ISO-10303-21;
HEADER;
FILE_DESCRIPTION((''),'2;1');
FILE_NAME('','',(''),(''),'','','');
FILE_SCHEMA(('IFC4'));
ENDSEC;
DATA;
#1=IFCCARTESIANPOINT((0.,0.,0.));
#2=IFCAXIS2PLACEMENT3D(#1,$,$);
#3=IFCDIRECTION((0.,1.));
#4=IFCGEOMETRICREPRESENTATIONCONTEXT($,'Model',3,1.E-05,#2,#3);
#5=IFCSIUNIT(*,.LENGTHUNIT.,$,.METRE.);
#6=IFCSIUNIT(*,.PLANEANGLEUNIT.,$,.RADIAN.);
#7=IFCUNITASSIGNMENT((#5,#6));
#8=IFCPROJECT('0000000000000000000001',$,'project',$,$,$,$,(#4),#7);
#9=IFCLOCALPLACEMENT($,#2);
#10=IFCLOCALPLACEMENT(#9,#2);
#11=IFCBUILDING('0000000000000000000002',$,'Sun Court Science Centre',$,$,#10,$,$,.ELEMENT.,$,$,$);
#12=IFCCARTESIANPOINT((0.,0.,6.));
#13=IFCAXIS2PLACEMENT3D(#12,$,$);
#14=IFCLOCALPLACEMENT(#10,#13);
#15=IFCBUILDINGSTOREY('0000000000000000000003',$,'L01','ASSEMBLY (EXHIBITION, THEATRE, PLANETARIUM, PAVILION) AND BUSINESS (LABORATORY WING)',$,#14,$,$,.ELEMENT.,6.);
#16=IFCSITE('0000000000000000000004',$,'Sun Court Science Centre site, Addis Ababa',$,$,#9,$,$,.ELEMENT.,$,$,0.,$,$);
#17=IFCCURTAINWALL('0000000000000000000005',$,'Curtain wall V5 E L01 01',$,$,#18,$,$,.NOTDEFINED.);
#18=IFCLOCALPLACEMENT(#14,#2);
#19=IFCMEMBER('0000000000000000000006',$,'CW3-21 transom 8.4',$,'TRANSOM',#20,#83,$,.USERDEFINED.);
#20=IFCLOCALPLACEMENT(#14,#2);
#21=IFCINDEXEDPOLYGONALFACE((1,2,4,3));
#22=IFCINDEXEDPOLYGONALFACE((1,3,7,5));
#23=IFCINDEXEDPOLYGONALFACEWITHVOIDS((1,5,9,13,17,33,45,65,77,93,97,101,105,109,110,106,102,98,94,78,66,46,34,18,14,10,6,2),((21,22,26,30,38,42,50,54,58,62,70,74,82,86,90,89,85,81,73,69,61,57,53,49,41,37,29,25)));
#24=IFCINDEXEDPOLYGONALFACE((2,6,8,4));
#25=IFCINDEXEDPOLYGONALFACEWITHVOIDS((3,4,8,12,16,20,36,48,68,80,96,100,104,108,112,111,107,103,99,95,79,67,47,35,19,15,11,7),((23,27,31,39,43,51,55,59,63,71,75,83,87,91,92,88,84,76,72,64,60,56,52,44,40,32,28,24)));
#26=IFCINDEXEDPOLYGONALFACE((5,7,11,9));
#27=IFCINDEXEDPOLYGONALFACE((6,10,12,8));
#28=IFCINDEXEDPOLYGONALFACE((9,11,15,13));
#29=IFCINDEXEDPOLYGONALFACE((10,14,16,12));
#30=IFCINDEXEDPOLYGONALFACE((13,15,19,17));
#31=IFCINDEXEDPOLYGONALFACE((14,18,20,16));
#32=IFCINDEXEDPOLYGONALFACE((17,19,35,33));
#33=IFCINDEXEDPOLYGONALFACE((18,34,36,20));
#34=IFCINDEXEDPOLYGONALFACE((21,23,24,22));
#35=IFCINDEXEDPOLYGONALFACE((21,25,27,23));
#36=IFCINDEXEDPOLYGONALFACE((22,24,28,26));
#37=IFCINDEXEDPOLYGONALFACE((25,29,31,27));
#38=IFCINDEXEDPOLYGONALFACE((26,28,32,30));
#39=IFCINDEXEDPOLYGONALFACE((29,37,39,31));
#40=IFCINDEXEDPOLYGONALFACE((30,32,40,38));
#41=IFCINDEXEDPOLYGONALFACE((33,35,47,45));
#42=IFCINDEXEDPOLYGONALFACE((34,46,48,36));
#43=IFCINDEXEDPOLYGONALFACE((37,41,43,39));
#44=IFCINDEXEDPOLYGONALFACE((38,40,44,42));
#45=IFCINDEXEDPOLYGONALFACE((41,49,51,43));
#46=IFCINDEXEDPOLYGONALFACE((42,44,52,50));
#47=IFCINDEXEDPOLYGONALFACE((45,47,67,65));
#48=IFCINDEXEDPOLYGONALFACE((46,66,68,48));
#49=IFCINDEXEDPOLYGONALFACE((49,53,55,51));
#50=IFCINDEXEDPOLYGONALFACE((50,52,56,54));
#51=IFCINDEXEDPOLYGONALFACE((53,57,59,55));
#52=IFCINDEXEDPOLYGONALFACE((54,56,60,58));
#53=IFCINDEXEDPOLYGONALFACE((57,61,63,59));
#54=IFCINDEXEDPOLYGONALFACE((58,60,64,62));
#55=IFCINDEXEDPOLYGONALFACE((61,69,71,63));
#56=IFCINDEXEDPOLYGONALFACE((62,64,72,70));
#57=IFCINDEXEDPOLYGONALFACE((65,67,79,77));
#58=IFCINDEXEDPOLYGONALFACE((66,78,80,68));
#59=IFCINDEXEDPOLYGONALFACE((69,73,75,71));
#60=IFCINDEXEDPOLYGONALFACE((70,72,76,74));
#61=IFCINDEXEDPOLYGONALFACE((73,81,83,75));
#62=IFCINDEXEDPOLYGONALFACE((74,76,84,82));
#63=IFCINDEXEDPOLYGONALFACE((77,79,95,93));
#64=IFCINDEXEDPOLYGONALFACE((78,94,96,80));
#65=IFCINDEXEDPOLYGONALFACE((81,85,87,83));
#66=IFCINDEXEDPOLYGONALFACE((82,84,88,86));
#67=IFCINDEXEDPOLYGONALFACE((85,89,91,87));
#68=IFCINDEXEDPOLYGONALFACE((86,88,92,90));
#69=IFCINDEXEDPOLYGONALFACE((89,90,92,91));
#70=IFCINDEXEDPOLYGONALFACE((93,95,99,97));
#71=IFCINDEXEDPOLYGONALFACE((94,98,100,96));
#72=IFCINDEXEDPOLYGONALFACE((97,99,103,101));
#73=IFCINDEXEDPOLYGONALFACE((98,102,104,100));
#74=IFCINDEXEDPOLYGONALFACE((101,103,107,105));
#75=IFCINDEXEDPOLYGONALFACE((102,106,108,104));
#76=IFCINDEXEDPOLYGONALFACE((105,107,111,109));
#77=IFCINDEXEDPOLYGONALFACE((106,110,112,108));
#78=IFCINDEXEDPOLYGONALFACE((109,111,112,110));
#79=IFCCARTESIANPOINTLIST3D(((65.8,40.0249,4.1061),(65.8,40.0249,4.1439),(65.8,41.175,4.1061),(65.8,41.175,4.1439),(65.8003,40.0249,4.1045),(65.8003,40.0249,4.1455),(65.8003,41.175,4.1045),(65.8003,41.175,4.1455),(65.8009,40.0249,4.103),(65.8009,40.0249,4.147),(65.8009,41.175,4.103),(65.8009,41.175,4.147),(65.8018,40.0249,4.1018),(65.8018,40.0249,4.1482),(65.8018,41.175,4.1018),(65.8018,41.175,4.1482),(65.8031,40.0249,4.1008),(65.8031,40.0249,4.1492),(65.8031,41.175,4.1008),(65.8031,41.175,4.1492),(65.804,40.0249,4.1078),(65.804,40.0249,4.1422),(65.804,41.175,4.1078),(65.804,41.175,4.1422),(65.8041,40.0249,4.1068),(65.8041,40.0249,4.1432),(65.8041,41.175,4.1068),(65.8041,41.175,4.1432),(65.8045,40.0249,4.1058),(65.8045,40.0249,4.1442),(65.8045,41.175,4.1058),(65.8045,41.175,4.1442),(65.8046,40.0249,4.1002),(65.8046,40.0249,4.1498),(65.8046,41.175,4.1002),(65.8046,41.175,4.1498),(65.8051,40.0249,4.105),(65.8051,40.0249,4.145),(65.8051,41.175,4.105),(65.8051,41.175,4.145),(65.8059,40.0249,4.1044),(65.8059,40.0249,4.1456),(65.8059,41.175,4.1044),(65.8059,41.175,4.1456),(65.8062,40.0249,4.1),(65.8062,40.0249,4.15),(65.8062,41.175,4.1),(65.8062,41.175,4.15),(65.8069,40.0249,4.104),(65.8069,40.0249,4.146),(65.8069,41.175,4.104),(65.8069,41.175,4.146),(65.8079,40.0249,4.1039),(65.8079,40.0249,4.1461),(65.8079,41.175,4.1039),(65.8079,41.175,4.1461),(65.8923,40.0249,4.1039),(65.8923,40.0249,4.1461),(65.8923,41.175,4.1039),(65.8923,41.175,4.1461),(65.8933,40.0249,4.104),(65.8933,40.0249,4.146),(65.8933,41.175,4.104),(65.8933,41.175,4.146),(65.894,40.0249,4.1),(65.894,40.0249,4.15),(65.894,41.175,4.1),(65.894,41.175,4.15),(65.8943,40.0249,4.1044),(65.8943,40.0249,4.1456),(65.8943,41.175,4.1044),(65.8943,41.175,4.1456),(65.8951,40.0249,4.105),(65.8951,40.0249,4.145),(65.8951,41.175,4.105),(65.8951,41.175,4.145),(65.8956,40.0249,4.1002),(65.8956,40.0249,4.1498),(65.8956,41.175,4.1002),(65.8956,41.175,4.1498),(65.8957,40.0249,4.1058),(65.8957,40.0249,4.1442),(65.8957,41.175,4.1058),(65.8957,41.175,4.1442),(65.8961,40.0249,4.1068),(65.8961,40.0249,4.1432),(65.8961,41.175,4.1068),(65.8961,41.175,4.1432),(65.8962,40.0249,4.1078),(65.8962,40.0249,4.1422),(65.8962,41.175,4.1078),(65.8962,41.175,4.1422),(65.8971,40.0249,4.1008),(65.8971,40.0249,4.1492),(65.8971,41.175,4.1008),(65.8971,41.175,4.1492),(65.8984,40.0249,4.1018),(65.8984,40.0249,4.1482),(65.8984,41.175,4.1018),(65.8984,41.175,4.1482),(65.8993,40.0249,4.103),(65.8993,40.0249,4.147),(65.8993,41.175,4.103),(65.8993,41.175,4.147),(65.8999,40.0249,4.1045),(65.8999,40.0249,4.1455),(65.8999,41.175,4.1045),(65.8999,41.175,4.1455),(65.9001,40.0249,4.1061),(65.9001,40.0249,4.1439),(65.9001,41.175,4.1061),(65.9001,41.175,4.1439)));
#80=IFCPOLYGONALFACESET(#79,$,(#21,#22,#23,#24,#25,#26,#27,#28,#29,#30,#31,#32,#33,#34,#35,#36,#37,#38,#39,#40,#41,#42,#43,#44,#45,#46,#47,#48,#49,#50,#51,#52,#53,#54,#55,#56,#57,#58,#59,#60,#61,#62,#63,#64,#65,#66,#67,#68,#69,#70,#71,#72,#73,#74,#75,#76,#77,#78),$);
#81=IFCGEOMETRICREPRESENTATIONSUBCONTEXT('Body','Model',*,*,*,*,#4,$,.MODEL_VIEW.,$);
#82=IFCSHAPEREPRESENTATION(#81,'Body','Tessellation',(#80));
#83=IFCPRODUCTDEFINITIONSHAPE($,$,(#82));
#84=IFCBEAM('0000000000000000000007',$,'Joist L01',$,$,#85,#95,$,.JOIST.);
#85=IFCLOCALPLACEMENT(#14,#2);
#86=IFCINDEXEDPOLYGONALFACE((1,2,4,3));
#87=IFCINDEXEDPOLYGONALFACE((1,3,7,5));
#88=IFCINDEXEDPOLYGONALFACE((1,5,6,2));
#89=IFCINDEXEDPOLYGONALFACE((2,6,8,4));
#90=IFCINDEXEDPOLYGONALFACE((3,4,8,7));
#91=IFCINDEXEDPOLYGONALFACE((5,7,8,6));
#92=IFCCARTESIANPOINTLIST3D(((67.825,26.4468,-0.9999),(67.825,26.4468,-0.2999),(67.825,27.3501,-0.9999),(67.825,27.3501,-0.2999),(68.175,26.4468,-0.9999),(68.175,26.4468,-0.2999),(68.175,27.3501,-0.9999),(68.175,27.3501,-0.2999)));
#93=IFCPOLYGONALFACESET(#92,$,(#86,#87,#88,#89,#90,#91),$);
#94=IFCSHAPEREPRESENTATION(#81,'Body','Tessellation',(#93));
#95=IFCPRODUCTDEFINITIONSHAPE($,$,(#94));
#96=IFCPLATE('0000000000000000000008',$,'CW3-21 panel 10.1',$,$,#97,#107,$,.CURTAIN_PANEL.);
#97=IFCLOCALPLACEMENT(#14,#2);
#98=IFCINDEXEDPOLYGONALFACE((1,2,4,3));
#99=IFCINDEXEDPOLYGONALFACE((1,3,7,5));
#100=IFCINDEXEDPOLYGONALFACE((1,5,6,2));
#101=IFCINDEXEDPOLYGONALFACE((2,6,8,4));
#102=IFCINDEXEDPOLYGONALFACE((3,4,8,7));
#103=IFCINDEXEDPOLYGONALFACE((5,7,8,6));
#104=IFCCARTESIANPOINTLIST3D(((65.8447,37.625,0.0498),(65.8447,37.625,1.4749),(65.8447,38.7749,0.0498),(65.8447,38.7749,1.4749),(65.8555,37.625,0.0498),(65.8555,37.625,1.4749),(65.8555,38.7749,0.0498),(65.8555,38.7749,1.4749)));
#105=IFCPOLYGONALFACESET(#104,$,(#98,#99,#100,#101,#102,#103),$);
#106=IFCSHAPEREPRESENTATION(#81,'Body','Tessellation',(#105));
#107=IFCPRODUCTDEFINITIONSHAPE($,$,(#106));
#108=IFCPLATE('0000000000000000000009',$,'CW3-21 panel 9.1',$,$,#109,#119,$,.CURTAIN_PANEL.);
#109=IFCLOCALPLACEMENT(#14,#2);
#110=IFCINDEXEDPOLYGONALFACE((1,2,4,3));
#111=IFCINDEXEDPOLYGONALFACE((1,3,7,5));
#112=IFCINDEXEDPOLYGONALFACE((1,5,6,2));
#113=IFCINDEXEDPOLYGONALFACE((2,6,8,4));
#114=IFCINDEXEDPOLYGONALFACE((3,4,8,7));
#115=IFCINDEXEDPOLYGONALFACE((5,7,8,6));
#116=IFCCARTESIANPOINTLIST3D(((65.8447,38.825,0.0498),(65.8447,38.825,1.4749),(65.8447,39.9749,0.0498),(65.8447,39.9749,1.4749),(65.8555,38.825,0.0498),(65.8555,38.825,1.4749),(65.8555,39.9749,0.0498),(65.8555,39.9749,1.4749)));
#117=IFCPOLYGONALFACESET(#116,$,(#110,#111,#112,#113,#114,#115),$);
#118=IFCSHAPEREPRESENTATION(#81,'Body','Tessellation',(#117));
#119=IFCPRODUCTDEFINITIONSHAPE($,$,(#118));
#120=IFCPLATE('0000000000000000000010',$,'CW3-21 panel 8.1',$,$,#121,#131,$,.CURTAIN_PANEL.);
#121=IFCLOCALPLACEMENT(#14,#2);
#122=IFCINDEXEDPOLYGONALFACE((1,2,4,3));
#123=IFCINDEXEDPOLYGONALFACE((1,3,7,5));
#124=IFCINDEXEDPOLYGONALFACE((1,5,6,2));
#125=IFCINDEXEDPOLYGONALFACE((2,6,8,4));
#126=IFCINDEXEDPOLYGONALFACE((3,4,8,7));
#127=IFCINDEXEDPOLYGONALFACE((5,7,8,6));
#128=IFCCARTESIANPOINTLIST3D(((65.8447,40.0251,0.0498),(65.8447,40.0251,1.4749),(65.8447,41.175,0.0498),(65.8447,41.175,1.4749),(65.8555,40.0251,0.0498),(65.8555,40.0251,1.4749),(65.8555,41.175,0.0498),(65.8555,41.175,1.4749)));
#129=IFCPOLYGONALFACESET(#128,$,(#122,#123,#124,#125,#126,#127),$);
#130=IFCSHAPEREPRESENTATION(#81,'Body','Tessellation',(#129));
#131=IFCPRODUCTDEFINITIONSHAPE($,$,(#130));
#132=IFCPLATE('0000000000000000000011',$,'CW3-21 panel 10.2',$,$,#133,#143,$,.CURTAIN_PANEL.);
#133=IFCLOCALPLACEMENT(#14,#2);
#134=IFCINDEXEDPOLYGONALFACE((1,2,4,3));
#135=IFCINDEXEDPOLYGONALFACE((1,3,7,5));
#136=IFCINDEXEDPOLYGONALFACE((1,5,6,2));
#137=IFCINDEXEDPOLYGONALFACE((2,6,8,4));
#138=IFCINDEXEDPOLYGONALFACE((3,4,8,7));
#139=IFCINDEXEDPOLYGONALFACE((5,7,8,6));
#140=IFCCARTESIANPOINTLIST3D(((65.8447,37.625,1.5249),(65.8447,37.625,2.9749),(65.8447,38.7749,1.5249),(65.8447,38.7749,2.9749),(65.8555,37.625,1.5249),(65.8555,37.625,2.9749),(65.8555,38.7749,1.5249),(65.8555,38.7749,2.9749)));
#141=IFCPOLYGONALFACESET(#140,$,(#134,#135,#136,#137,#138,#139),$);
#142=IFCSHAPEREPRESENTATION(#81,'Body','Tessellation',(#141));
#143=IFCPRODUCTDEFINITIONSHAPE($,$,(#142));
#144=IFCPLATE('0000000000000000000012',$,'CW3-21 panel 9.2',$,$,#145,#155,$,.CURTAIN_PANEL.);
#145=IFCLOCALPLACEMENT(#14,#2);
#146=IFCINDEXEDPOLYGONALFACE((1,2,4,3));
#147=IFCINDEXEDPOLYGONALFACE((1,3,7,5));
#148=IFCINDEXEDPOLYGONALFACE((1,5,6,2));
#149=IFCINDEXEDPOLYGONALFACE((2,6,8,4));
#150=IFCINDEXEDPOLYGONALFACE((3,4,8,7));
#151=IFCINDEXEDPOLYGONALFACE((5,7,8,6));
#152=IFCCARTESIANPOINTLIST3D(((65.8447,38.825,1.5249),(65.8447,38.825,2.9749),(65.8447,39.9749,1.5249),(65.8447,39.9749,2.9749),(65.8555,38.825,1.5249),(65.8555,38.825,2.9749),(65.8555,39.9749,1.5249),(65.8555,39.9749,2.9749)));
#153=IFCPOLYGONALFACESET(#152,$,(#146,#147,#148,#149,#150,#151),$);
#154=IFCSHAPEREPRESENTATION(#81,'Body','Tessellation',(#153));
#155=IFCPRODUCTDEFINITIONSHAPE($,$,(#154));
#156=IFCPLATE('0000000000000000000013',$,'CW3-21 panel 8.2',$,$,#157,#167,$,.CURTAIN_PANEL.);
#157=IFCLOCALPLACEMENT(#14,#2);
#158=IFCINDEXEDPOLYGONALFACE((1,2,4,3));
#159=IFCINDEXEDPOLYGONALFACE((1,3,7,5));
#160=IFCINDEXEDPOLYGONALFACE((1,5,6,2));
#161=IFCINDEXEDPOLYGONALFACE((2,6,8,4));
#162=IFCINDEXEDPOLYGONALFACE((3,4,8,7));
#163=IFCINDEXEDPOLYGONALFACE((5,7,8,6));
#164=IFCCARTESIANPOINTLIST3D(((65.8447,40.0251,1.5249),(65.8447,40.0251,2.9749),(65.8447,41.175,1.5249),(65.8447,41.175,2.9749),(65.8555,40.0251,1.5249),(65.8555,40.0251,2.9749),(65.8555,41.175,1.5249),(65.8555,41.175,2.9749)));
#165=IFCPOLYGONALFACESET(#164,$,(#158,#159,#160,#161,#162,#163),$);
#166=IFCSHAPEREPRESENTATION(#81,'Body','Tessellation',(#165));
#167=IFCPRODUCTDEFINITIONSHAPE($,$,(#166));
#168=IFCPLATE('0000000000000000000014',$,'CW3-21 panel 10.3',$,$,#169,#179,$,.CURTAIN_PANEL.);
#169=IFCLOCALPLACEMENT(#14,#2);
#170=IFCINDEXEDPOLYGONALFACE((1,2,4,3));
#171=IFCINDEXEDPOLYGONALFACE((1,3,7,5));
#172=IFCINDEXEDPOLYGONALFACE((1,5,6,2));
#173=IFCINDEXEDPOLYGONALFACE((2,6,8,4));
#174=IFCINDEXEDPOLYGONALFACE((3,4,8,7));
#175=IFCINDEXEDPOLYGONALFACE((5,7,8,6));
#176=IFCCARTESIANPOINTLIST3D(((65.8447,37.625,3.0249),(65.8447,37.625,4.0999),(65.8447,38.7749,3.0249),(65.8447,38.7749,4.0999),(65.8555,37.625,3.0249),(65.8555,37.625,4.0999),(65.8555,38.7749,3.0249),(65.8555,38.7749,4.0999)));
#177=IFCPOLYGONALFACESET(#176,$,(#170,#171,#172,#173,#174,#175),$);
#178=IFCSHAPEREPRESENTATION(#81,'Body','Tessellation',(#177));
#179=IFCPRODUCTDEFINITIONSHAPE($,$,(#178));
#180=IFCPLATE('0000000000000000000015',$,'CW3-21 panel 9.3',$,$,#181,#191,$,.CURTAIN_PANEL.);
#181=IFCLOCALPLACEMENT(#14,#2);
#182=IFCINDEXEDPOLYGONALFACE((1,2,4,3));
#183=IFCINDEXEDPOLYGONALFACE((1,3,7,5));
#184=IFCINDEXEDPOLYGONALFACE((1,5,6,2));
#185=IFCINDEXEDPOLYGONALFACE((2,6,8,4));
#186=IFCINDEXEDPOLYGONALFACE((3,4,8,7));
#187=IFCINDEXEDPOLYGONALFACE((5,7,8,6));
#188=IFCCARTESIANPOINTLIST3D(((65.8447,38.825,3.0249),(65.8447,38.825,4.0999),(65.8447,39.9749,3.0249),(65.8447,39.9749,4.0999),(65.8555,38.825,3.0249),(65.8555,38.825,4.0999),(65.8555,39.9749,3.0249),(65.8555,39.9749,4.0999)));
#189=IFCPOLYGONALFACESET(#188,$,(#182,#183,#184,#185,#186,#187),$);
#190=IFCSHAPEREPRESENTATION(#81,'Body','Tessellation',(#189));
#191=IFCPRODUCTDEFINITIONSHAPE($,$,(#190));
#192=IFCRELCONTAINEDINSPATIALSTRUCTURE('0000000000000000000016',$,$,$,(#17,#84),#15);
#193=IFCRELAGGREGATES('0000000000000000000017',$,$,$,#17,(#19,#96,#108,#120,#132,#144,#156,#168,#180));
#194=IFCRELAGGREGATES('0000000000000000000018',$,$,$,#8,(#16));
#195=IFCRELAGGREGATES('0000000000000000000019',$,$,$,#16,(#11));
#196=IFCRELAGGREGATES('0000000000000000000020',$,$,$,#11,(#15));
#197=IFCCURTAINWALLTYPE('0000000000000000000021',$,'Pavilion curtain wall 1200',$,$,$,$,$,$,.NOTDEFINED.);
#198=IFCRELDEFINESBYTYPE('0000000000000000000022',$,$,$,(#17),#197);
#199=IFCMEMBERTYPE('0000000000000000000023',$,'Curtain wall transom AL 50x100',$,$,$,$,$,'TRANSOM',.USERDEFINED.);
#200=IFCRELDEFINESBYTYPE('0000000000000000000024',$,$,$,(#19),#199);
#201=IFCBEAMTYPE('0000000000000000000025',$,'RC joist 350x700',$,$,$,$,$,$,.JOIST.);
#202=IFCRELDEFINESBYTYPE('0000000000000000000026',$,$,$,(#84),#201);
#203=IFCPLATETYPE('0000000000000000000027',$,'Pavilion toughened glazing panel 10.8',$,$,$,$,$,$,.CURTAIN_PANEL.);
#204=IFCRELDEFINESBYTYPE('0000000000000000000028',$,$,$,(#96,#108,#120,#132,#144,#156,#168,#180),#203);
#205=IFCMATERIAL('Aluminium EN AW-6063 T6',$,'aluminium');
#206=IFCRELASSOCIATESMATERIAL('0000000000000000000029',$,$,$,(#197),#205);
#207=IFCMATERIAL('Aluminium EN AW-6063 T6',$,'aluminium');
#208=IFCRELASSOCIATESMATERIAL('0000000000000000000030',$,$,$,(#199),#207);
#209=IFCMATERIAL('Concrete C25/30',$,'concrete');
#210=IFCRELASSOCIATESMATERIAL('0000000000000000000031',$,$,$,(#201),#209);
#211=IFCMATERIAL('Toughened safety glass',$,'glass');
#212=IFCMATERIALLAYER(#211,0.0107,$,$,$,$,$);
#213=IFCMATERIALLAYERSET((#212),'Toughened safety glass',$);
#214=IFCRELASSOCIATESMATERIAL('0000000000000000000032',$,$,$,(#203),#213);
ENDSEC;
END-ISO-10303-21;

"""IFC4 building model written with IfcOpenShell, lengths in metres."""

from ifc_helpers import new_model, si_unit, direction, frame, origin, origin_2d, place, context, subcontext, project, spatial, rectangle, hollow_rectangle, extrude, material, layer, layer_set, material_profile, profile_set, type_object, element, aggregate, save


model = new_model("IFC4")

# Units and contexts
model_context = context("Model", 3, precision=1e-05, world=origin(), true_north=direction((0.0, 1.0)))
body_context = subcontext(model_context, "Body", "Model", "MODEL_VIEW")
ifc_project = project(units=[si_unit("LENGTHUNIT", "METRE"), si_unit("PLANEANGLEUNIT", "RADIAN")], contexts=[model_context])

# Site, building, storey
site_placement = place(None, origin())
site = spatial("IfcSite", under=ifc_project, at=site_placement, Name="Sun Court Science Centre site, Addis Ababa", CompositionType="ELEMENT", RefElevation=0.0)
building_placement = place(site_placement, origin())
building = spatial("IfcBuilding", under=site, at=building_placement, Name="Sun Court Science Centre", CompositionType="ELEMENT")
storey_placement = place(building_placement, frame((0.0, 0.0, 6.0)))
storey = spatial("IfcBuildingStorey", under=building, at=storey_placement, Name="L01", Description="ASSEMBLY (EXHIBITION, THEATRE, PLANETARIUM, PAVILION) AND BUSINESS (LABORATORY WING)", CompositionType="ELEMENT", Elevation=6.0)

# Curtain wall, member
ifc_material_1 = material(Name="Aluminium EN AW-6063 T6", Category="aluminium")
curtain_wall_type_1 = type_object("IfcCurtainWallType", Name="Pavilion curtain wall 1200", PredefinedType="NOTDEFINED", material=ifc_material_1)
curtain_wall_1_placement = place(storey_placement, origin())
curtain_wall_1 = element("IfcCurtainWall", 1, at=curtain_wall_1_placement, inside=storey, type_object=curtain_wall_type_1, Name="Curtain wall V5 E L01 01", PredefinedType="NOTDEFINED")
ifc_material_2 = material(Name="Aluminium EN AW-6063 T6", Category="aluminium")
ifc_material_profile_1 = material_profile(ifc_material_2, hollow_rectangle(XDim=0.05, YDim=0.1001, WallThickness=0.0039, InnerFilletRadius=0.0039, OuterFilletRadius=0.0061, at=origin_2d()), Name="AL 50x100x4")
ifc_profile_set_1 = profile_set([ifc_material_profile_1], Name="Aluminium EN AW-6063 T6")
member_type_1 = type_object("IfcMemberType", Name="Curtain wall transom AL 50x100", ElementType="TRANSOM", PredefinedType="USERDEFINED", material=ifc_profile_set_1)
member_1_placement = place(storey_placement, frame((65.8501, 41.175, 4.125), z_axis=(0.0, -1.0, 0.0), x_axis=(0.0, 0.0, 1.0)))
member_1 = element("IfcMember", 2, at=member_1_placement, type_object=member_type_1, Name="CW3-21 transom 8.4", ObjectType="TRANSOM", PredefinedType="USERDEFINED", context=body_context, shape_type="SweptSolid", body=[
    extrude(hollow_rectangle(XDim=0.05, YDim=0.1001, WallThickness=0.0039, InnerFilletRadius=0.0039, OuterFilletRadius=0.0061, at=origin_2d()), origin(), (0.0, 0.0, 1.0), 1.1501),
])

# Beam
ifc_material_3 = material(Name="Concrete C25/30", Category="concrete")
ifc_material_profile_2 = material_profile(ifc_material_3, rectangle(XDim=0.3501, YDim=0.7, at=origin_2d()), Name="RC 350x700")
ifc_profile_set_2 = profile_set([ifc_material_profile_2], Name="Concrete C25/30")
beam_type = type_object("IfcBeamType", Name="RC joist 350x700", PredefinedType="JOIST", material=ifc_profile_set_2)
beam_placement = place(storey_placement, frame((68.0, 26.4468, -0.6499), z_axis=(0.0, 1.0, 0.0), x_axis=(-1.0, 0.0, 0.0)))
element("IfcBeam", 3, at=beam_placement, inside=storey, type_object=beam_type, Name="Joist L01", PredefinedType="JOIST", context=body_context, shape_type="SweptSolid", body=[
    extrude(rectangle(XDim=0.3501, YDim=0.7, at=origin_2d()), origin(), (0.0, 0.0, 1.0), 0.9033),
])

# Plates
ifc_material_4 = material(Name="Toughened safety glass", Category="glass")
ifc_layer_1 = layer(ifc_material_4, 0.0107)
ifc_layer_set_1 = layer_set([ifc_layer_1], Name="Toughened safety glass")
plate_type_1 = type_object("IfcPlateType", Name="Pavilion toughened glazing panel 10.8", PredefinedType="CURTAIN_PANEL", material=ifc_layer_set_1)
plate_1_placement = place(storey_placement, frame((65.8501, 38.2, 0.0498), z_axis=(0.0, 0.0, 1.0), x_axis=(0.0, -1.0, 0.0)))
plate_1 = element("IfcPlate", 4, at=plate_1_placement, type_object=plate_type_1, Name="CW3-21 panel 10.1", PredefinedType="CURTAIN_PANEL", context=body_context, shape_type="SweptSolid", body=[
    extrude(rectangle(XDim=1.1499, YDim=0.0107, at=origin_2d()), origin(), (0.0, 0.0, 1.0), 1.425),
])
plate_2_placement = place(storey_placement, frame((65.8501, 39.3999, 0.0498), z_axis=(0.0, 0.0, 1.0), x_axis=(0.0, -1.0, 0.0)))
plate_2 = element("IfcPlate", 5, at=plate_2_placement, type_object=plate_type_1, Name="CW3-21 panel 9.1", PredefinedType="CURTAIN_PANEL", context=body_context, shape_type="SweptSolid", body=[
    extrude(rectangle(XDim=1.1499, YDim=0.0107, at=origin_2d()), origin(), (0.0, 0.0, 1.0), 1.425),
])
plate_3_placement = place(storey_placement, frame((65.8501, 40.6001, 0.0498), z_axis=(0.0, 0.0, 1.0), x_axis=(0.0, -1.0, 0.0)))
plate_3 = element("IfcPlate", 6, at=plate_3_placement, type_object=plate_type_1, Name="CW3-21 panel 8.1", PredefinedType="CURTAIN_PANEL", context=body_context, shape_type="SweptSolid", body=[
    extrude(rectangle(XDim=1.1499, YDim=0.0107, at=origin_2d()), origin(), (0.0, 0.0, 1.0), 1.425),
])
plate_4_placement = place(storey_placement, frame((65.8501, 38.2, 1.5249), z_axis=(0.0, 0.0, 1.0), x_axis=(0.0, -1.0, 0.0)))
plate_4 = element("IfcPlate", 7, at=plate_4_placement, type_object=plate_type_1, Name="CW3-21 panel 10.2", PredefinedType="CURTAIN_PANEL", context=body_context, shape_type="SweptSolid", body=[
    extrude(rectangle(XDim=1.1499, YDim=0.0107, at=origin_2d()), origin(), (0.0, 0.0, 1.0), 1.45),
])
plate_5_placement = place(storey_placement, frame((65.8501, 39.3999, 1.5249), z_axis=(0.0, 0.0, 1.0), x_axis=(0.0, -1.0, 0.0)))
plate_5 = element("IfcPlate", 8, at=plate_5_placement, type_object=plate_type_1, Name="CW3-21 panel 9.2", PredefinedType="CURTAIN_PANEL", context=body_context, shape_type="SweptSolid", body=[
    extrude(rectangle(XDim=1.1499, YDim=0.0107, at=origin_2d()), origin(), (0.0, 0.0, 1.0), 1.45),
])
plate_6_placement = place(storey_placement, frame((65.8501, 40.6001, 1.5249), z_axis=(0.0, 0.0, 1.0), x_axis=(0.0, -1.0, 0.0)))
plate_6 = element("IfcPlate", 9, at=plate_6_placement, type_object=plate_type_1, Name="CW3-21 panel 8.2", PredefinedType="CURTAIN_PANEL", context=body_context, shape_type="SweptSolid", body=[
    extrude(rectangle(XDim=1.1499, YDim=0.0107, at=origin_2d()), origin(), (0.0, 0.0, 1.0), 1.45),
])
plate_7_placement = place(storey_placement, frame((65.8501, 38.2, 3.0249), z_axis=(0.0, 0.0, 1.0), x_axis=(0.0, -1.0, 0.0)))
plate_7 = element("IfcPlate", 10, at=plate_7_placement, type_object=plate_type_1, Name="CW3-21 panel 10.3", PredefinedType="CURTAIN_PANEL", context=body_context, shape_type="SweptSolid", body=[
    extrude(rectangle(XDim=1.1499, YDim=0.0107, at=origin_2d()), origin(), (0.0, 0.0, 1.0), 1.075),
])
plate_8_placement = place(storey_placement, frame((65.8501, 39.3999, 3.0249), z_axis=(0.0, 0.0, 1.0), x_axis=(0.0, -1.0, 0.0)))
plate_8 = element("IfcPlate", 11, at=plate_8_placement, type_object=plate_type_1, Name="CW3-21 panel 9.3", PredefinedType="CURTAIN_PANEL", context=body_context, shape_type="SweptSolid", body=[
    extrude(rectangle(XDim=1.1499, YDim=0.0107, at=origin_2d()), origin(), (0.0, 0.0, 1.0), 1.075),
])
aggregate(curtain_wall_1, [member_1, plate_1, plate_2, plate_3, plate_4, plate_5, plate_6, plate_7, plate_8])

save(model, "model.ifc")
